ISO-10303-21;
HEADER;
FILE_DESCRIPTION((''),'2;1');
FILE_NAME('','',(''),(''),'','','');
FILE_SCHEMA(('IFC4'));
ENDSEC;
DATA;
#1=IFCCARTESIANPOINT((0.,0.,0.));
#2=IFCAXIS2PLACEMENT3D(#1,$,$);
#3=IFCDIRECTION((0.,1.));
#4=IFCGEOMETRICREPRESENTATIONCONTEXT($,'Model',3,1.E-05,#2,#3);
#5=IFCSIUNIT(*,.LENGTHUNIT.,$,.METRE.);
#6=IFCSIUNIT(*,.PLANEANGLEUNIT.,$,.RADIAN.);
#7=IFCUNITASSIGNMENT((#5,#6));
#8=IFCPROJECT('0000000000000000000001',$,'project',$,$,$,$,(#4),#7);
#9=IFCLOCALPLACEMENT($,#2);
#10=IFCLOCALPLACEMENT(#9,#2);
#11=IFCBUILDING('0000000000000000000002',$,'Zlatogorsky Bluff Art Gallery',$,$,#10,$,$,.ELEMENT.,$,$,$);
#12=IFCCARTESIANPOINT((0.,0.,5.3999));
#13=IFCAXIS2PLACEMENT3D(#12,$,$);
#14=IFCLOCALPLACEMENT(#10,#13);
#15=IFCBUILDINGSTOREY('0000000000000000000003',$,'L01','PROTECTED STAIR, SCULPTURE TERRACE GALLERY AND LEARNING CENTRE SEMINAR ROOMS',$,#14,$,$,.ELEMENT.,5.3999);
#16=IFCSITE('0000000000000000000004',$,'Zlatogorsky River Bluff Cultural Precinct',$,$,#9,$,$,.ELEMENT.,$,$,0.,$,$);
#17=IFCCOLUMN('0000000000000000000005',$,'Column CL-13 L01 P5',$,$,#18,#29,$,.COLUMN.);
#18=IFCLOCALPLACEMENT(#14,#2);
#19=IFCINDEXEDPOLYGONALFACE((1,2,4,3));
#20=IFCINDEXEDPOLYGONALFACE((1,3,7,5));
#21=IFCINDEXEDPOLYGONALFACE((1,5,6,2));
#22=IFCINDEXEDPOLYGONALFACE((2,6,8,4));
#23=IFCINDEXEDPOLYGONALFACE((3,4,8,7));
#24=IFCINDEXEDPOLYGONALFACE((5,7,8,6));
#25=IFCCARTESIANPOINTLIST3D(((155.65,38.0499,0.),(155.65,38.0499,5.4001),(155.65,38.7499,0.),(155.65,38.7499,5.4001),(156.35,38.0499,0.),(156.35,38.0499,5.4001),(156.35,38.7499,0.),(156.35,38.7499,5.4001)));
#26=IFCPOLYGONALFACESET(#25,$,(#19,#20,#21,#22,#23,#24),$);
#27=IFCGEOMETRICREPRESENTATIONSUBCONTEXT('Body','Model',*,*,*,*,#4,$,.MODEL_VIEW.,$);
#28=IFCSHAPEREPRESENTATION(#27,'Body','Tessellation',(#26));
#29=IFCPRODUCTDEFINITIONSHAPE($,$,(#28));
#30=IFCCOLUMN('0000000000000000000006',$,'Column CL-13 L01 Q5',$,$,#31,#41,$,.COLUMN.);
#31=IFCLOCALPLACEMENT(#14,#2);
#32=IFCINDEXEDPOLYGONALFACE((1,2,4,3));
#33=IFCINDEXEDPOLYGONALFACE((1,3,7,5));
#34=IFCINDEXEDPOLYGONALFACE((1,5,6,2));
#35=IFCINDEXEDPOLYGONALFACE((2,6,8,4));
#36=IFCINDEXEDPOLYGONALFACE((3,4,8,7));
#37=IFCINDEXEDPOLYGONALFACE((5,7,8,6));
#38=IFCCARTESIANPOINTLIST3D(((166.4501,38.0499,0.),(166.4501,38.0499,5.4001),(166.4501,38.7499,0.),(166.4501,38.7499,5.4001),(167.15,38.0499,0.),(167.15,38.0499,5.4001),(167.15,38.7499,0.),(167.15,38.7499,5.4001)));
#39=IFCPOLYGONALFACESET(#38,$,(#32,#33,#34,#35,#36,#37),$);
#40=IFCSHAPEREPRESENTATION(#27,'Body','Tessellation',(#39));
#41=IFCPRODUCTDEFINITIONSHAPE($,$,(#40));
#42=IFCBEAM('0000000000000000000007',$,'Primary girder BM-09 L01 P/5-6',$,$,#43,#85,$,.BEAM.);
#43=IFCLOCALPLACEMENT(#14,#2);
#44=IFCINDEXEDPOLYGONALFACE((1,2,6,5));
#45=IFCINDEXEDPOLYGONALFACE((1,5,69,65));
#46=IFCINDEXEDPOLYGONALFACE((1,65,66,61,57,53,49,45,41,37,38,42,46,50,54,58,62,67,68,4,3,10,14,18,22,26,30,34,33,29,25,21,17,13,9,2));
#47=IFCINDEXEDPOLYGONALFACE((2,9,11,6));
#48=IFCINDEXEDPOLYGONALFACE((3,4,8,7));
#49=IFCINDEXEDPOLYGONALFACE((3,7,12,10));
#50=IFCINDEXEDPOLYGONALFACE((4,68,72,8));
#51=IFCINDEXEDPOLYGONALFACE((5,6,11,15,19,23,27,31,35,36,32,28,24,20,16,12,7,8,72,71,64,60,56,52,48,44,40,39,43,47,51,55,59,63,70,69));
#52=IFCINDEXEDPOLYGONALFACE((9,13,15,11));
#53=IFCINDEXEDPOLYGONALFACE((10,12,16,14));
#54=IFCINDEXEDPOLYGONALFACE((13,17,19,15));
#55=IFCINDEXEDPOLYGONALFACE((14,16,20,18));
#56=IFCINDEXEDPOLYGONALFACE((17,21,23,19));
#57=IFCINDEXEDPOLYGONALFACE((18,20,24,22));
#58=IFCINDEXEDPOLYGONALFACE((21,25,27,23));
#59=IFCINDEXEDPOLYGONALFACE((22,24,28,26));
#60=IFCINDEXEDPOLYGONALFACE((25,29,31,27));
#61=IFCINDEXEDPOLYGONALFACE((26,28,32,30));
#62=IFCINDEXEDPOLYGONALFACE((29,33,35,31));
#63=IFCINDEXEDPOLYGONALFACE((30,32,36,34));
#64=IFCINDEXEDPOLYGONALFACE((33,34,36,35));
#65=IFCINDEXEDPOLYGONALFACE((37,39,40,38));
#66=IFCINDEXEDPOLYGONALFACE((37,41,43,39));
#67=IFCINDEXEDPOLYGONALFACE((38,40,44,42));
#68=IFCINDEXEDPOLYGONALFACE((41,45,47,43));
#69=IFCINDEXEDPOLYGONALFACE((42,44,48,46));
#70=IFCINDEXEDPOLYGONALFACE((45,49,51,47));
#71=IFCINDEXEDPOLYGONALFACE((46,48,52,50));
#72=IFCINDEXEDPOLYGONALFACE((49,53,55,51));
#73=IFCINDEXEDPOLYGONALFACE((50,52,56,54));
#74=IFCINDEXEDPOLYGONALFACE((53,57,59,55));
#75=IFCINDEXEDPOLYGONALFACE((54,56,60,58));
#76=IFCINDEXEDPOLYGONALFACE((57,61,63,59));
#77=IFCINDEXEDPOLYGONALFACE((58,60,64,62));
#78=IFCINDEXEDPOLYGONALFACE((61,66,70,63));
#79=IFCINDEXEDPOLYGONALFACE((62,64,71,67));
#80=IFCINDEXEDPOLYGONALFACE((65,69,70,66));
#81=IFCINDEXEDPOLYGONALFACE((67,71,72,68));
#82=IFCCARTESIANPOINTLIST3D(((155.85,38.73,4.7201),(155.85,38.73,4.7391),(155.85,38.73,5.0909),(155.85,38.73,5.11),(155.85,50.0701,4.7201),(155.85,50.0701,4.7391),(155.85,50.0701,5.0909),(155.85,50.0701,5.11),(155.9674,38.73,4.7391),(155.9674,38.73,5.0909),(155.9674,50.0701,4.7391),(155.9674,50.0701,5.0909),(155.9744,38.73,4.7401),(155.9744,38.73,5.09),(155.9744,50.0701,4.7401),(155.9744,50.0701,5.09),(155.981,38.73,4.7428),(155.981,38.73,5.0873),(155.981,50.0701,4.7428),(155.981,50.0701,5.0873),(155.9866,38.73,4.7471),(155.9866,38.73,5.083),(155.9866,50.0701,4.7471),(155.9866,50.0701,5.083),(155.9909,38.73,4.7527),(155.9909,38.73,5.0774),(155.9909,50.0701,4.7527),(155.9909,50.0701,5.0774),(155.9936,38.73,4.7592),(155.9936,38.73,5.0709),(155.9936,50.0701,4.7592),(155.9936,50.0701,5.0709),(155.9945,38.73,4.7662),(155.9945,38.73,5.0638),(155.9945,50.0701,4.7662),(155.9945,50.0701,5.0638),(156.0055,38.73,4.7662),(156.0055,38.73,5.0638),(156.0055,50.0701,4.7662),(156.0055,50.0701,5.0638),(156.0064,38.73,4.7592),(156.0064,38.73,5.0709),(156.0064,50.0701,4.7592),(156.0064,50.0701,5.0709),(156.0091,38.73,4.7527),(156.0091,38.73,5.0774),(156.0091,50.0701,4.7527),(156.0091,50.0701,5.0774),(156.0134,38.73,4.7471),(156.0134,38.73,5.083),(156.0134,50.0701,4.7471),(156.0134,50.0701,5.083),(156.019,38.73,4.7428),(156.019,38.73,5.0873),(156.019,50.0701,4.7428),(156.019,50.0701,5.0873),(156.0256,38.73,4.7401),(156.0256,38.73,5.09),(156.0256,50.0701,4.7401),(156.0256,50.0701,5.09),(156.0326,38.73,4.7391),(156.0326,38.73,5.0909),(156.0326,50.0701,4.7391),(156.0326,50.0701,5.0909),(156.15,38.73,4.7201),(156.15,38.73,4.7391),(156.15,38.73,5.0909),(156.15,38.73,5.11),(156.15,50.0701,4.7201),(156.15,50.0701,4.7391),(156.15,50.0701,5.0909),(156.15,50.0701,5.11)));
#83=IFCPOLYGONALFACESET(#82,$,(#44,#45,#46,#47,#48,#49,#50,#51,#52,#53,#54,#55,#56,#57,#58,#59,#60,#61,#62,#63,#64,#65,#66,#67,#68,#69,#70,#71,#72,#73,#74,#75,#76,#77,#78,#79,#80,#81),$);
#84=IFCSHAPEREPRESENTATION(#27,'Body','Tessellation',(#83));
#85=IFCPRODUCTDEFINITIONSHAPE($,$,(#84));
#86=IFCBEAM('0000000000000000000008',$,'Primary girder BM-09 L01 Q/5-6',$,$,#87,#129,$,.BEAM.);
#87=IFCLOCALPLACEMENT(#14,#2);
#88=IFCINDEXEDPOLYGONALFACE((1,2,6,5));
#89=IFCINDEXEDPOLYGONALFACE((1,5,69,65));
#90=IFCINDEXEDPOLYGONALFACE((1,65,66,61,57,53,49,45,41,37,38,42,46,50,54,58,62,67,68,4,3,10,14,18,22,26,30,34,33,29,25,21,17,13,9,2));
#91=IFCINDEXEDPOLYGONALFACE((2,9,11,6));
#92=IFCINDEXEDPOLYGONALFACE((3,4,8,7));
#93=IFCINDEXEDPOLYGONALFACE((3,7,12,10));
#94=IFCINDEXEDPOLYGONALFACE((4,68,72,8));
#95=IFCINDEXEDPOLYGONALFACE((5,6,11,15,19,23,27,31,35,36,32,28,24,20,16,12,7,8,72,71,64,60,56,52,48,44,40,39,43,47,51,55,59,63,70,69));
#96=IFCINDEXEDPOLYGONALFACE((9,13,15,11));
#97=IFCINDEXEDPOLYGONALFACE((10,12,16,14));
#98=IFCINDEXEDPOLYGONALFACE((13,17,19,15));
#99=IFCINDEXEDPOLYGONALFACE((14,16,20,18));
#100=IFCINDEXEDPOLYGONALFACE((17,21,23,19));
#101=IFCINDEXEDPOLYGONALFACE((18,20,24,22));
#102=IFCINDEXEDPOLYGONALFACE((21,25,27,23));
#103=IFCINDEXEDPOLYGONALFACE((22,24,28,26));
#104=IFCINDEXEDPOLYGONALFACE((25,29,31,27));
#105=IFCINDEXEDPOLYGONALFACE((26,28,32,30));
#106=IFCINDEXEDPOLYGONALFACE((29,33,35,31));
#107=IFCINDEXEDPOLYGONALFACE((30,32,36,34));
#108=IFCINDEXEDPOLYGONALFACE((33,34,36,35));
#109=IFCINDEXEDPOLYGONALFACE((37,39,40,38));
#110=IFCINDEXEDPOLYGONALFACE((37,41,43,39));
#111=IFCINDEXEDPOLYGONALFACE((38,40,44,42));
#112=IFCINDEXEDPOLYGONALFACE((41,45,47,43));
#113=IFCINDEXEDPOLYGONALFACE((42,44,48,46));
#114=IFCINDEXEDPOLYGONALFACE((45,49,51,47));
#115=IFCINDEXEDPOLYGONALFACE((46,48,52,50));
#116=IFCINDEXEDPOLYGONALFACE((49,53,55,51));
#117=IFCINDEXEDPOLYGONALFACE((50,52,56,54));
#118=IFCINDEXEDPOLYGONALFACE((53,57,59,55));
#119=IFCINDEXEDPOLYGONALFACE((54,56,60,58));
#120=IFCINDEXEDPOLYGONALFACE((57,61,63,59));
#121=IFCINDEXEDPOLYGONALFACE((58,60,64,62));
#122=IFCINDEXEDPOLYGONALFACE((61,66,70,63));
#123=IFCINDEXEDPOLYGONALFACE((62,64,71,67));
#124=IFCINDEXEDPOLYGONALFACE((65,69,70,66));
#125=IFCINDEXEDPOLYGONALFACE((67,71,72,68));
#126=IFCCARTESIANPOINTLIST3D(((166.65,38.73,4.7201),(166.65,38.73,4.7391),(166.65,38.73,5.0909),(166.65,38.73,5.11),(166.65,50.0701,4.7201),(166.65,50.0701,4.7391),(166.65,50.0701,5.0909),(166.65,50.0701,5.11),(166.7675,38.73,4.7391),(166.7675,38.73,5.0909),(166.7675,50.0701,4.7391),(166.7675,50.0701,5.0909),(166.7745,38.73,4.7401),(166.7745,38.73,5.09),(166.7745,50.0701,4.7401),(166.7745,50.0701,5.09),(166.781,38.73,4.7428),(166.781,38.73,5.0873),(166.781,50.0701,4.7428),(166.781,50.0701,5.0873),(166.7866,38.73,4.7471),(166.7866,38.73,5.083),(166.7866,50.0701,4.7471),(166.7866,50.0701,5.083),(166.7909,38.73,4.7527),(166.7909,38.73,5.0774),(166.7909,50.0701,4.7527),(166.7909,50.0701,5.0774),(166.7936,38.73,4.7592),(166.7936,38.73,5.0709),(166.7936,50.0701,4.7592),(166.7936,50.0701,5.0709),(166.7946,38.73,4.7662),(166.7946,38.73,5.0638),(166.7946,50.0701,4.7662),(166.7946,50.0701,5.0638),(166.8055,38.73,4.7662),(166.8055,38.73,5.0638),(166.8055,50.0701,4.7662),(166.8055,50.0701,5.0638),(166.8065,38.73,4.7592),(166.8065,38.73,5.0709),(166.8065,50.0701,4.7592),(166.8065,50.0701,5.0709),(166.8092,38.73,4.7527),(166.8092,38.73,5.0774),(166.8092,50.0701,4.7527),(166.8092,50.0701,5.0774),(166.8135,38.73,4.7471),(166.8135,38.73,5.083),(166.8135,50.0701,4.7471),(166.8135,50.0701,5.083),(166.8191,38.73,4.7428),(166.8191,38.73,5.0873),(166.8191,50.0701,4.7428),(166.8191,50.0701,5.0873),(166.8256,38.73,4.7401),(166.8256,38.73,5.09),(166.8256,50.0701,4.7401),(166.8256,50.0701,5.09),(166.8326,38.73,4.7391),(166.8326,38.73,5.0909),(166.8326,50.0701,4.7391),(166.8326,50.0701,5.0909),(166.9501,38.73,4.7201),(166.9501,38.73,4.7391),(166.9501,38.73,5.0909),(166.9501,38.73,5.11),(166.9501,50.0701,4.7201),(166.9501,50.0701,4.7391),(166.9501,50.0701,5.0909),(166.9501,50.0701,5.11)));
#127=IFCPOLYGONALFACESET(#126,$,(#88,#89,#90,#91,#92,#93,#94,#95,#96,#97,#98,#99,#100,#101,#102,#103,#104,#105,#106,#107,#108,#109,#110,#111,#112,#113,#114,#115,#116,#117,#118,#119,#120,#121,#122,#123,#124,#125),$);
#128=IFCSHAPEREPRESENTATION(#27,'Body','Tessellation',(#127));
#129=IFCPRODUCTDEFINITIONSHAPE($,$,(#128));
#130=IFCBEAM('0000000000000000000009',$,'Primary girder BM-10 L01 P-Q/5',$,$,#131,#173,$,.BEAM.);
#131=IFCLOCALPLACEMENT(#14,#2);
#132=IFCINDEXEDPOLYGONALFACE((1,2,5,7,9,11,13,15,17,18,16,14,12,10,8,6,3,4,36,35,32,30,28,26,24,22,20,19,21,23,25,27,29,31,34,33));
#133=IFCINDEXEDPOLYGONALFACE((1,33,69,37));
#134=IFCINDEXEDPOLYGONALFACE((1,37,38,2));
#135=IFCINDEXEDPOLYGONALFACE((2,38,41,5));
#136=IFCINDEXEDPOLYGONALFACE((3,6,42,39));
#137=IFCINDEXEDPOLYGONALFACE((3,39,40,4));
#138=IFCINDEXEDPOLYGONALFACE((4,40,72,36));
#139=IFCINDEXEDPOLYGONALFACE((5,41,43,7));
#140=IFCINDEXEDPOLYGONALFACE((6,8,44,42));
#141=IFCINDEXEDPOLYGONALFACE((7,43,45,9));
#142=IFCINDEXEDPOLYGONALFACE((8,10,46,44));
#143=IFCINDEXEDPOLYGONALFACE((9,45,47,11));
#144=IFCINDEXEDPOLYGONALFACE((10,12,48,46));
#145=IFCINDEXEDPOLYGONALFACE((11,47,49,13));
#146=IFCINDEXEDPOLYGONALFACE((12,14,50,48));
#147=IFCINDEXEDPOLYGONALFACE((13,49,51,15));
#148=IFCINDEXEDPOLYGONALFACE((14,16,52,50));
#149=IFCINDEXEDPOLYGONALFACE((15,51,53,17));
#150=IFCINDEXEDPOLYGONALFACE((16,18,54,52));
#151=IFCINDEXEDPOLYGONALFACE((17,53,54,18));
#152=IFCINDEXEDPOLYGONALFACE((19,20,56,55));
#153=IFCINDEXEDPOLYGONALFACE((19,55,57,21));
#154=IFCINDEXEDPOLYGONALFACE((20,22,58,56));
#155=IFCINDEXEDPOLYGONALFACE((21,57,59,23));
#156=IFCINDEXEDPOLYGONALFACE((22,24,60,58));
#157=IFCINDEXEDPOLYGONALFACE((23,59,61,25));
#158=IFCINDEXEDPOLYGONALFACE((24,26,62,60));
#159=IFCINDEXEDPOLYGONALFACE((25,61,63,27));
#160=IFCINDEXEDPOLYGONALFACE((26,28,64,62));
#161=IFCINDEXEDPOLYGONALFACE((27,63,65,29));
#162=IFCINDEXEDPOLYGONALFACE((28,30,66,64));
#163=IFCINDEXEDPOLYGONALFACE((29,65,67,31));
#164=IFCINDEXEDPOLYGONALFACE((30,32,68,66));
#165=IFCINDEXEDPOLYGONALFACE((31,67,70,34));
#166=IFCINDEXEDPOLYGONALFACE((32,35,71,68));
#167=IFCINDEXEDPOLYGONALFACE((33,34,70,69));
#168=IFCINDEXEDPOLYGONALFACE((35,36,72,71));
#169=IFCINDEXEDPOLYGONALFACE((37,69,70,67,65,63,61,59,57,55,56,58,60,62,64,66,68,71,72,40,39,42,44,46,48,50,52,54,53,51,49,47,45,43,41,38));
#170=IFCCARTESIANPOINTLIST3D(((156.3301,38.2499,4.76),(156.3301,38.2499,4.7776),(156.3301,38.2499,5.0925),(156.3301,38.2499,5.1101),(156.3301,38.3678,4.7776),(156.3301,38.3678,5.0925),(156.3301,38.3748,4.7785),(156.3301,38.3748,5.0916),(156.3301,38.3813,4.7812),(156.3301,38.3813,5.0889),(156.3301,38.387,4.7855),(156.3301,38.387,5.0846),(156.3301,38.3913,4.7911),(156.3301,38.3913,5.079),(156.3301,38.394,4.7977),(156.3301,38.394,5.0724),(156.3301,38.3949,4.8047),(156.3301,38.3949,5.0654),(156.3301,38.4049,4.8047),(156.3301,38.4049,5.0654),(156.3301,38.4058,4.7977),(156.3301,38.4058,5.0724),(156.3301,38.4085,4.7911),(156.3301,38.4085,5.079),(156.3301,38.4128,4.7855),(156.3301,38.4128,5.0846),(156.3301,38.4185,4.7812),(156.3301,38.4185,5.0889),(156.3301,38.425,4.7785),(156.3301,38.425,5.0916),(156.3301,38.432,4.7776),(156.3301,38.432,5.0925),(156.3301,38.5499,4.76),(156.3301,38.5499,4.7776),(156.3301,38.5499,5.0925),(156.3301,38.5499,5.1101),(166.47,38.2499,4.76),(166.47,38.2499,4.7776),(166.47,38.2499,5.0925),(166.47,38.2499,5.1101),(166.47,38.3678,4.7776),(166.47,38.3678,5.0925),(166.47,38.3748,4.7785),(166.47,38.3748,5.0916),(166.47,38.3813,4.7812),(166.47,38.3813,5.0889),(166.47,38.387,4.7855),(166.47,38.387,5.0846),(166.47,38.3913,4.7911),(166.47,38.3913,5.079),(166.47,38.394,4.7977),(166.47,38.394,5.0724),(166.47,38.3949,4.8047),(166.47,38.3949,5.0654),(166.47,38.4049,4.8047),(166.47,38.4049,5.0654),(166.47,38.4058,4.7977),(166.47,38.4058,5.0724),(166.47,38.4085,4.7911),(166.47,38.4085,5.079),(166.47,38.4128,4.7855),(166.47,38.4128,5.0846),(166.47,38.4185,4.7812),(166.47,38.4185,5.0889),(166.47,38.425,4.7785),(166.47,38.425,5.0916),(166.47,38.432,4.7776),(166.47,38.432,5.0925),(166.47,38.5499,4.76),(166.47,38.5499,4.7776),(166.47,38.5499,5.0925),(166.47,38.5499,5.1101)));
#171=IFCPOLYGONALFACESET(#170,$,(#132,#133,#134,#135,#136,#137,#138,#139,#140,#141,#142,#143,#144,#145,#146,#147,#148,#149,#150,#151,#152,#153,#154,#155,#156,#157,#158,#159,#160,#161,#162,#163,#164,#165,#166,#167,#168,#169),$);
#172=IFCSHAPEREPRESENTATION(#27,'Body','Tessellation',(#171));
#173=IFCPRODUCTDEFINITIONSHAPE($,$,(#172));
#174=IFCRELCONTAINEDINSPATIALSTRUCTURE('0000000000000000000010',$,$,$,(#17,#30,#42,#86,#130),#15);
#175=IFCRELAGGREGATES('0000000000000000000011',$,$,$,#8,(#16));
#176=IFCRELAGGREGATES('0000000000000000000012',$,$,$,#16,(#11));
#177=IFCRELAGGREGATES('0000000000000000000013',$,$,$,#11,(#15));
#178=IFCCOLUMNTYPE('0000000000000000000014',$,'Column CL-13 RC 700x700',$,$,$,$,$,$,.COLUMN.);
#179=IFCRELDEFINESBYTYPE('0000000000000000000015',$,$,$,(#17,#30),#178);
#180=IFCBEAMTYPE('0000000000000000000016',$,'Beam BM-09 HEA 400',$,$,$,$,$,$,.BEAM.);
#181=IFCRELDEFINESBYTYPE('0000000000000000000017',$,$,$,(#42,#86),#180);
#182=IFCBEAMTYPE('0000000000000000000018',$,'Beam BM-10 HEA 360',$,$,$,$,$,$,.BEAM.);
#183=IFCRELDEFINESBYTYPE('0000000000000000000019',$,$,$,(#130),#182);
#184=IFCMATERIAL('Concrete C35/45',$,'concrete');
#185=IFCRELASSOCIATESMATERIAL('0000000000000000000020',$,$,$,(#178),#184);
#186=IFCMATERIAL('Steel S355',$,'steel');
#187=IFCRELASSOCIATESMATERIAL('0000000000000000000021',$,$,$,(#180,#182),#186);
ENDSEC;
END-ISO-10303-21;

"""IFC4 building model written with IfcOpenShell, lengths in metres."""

from ifc_helpers import new_model, si_unit, direction, frame, origin, origin_2d, place, context, subcontext, project, spatial, rectangle, i_section, extrude, material, material_profile, profile_set, type_object, element, save


model = new_model("IFC4")

# Units and contexts
model_context = context("Model", 3, precision=1e-05, world=origin(), true_north=direction((0.0, 1.0)))
body_context = subcontext(model_context, "Body", "Model", "MODEL_VIEW")
ifc_project = project(units=[si_unit("LENGTHUNIT", "METRE"), si_unit("PLANEANGLEUNIT", "RADIAN")], contexts=[model_context])

# Site, building, storey
site_placement = place(None, origin())
site = spatial("IfcSite", under=ifc_project, at=site_placement, Name="Zlatogorsky River Bluff Cultural Precinct", CompositionType="ELEMENT", RefElevation=0.0)
building_placement = place(site_placement, origin())
building = spatial("IfcBuilding", under=site, at=building_placement, Name="Zlatogorsky Bluff Art Gallery", CompositionType="ELEMENT")
storey_placement = place(building_placement, frame((0.0, 0.0, 5.3999)))
storey = spatial("IfcBuildingStorey", under=building, at=storey_placement, Name="L01", Description="PROTECTED STAIR, SCULPTURE TERRACE GALLERY AND LEARNING CENTRE SEMINAR ROOMS", CompositionType="ELEMENT", Elevation=5.3999)

# Columns
ifc_material_1 = material(Name="Concrete C35/45", Category="concrete")
ifc_material_profile_1 = material_profile(ifc_material_1, rectangle(XDim=0.7, YDim=0.7, at=origin_2d()), Name="RC 700x700")
ifc_profile_set_1 = profile_set([ifc_material_profile_1], Name="Concrete C35/45")
column_type = type_object("IfcColumnType", Name="Column CL-13 RC 700x700", PredefinedType="COLUMN", material=ifc_profile_set_1)
for number, where, z_axis, x_axis, name in (
    (1, (156.0, 38.3999, 0.0), (0.0, 0.0, 1.0), (1.0, 0.0, 0.0), "Column CL-13 L01 P5"),
    (2, (166.8, 38.3999, 0.0), (0.0, 0.0, 1.0), (1.0, 0.0, 0.0), "Column CL-13 L01 Q5"),
):
    element("IfcColumn", number, at=place(storey_placement, frame(where, z_axis=z_axis, x_axis=x_axis)), inside=storey, type_object=column_type, Name=name, PredefinedType="COLUMN", context=body_context, shape_type="SweptSolid", body=[
        extrude(rectangle(XDim=0.7, YDim=0.7, at=origin_2d()), origin(), (0.0, 0.0, 1.0), 5.4001),
    ])

# Beams
ifc_material_2 = material(Name="Steel S355", Category="steel")
ifc_material_profile_2 = material_profile(ifc_material_2, i_section(OverallWidth=0.3, OverallDepth=0.3899, WebThickness=0.011, FlangeThickness=0.019, FilletRadius=0.0271, at=origin_2d()), Name="HEA 400")
ifc_profile_set_2 = profile_set([ifc_material_profile_2], Name="Steel S355")
beam_type_1 = type_object("IfcBeamType", Name="Beam BM-09 HEA 400", PredefinedType="BEAM", material=ifc_profile_set_2)
for number, where, z_axis, x_axis, name in (
    (3, (156.0, 38.73, 4.915), (0.0, 1.0, 0.0), (-1.0, 0.0, 0.0), "Primary girder BM-09 L01 P/5-6"),
    (4, (166.8, 38.73, 4.915), (0.0, 1.0, 0.0), (-1.0, 0.0, 0.0), "Primary girder BM-09 L01 Q/5-6"),
):
    element("IfcBeam", number, at=place(storey_placement, frame(where, z_axis=z_axis, x_axis=x_axis)), inside=storey, type_object=beam_type_1, Name=name, PredefinedType="BEAM", context=body_context, shape_type="SweptSolid", body=[
        extrude(i_section(OverallWidth=0.3, OverallDepth=0.3899, WebThickness=0.011, FlangeThickness=0.019, FilletRadius=0.0271, at=origin_2d()), origin(), (0.0, 0.0, 1.0), 11.3401),
    ])
ifc_material_profile_3 = material_profile(ifc_material_2, i_section(OverallWidth=0.3, OverallDepth=0.3501, WebThickness=0.01, FlangeThickness=0.0176, FilletRadius=0.0271, at=origin_2d()), Name="HEA 360")
ifc_profile_set_3 = profile_set([ifc_material_profile_3], Name="Steel S355")
beam_type_2 = type_object("IfcBeamType", Name="Beam BM-10 HEA 360", PredefinedType="BEAM", material=ifc_profile_set_3)
beam_placement = place(storey_placement, frame((156.3301, 38.3999, 4.9351), z_axis=(1.0, 0.0, 0.0), x_axis=(0.0, 1.0, 0.0)))
element("IfcBeam", 5, at=beam_placement, inside=storey, type_object=beam_type_2, Name="Primary girder BM-10 L01 P-Q/5", PredefinedType="BEAM", context=body_context, shape_type="SweptSolid", body=[
    extrude(i_section(OverallWidth=0.3, OverallDepth=0.3501, WebThickness=0.01, FlangeThickness=0.0176, FilletRadius=0.0271, at=origin_2d()), origin(), (0.0, 0.0, 1.0), 10.1399),
])

save(model, "model.ifc")
